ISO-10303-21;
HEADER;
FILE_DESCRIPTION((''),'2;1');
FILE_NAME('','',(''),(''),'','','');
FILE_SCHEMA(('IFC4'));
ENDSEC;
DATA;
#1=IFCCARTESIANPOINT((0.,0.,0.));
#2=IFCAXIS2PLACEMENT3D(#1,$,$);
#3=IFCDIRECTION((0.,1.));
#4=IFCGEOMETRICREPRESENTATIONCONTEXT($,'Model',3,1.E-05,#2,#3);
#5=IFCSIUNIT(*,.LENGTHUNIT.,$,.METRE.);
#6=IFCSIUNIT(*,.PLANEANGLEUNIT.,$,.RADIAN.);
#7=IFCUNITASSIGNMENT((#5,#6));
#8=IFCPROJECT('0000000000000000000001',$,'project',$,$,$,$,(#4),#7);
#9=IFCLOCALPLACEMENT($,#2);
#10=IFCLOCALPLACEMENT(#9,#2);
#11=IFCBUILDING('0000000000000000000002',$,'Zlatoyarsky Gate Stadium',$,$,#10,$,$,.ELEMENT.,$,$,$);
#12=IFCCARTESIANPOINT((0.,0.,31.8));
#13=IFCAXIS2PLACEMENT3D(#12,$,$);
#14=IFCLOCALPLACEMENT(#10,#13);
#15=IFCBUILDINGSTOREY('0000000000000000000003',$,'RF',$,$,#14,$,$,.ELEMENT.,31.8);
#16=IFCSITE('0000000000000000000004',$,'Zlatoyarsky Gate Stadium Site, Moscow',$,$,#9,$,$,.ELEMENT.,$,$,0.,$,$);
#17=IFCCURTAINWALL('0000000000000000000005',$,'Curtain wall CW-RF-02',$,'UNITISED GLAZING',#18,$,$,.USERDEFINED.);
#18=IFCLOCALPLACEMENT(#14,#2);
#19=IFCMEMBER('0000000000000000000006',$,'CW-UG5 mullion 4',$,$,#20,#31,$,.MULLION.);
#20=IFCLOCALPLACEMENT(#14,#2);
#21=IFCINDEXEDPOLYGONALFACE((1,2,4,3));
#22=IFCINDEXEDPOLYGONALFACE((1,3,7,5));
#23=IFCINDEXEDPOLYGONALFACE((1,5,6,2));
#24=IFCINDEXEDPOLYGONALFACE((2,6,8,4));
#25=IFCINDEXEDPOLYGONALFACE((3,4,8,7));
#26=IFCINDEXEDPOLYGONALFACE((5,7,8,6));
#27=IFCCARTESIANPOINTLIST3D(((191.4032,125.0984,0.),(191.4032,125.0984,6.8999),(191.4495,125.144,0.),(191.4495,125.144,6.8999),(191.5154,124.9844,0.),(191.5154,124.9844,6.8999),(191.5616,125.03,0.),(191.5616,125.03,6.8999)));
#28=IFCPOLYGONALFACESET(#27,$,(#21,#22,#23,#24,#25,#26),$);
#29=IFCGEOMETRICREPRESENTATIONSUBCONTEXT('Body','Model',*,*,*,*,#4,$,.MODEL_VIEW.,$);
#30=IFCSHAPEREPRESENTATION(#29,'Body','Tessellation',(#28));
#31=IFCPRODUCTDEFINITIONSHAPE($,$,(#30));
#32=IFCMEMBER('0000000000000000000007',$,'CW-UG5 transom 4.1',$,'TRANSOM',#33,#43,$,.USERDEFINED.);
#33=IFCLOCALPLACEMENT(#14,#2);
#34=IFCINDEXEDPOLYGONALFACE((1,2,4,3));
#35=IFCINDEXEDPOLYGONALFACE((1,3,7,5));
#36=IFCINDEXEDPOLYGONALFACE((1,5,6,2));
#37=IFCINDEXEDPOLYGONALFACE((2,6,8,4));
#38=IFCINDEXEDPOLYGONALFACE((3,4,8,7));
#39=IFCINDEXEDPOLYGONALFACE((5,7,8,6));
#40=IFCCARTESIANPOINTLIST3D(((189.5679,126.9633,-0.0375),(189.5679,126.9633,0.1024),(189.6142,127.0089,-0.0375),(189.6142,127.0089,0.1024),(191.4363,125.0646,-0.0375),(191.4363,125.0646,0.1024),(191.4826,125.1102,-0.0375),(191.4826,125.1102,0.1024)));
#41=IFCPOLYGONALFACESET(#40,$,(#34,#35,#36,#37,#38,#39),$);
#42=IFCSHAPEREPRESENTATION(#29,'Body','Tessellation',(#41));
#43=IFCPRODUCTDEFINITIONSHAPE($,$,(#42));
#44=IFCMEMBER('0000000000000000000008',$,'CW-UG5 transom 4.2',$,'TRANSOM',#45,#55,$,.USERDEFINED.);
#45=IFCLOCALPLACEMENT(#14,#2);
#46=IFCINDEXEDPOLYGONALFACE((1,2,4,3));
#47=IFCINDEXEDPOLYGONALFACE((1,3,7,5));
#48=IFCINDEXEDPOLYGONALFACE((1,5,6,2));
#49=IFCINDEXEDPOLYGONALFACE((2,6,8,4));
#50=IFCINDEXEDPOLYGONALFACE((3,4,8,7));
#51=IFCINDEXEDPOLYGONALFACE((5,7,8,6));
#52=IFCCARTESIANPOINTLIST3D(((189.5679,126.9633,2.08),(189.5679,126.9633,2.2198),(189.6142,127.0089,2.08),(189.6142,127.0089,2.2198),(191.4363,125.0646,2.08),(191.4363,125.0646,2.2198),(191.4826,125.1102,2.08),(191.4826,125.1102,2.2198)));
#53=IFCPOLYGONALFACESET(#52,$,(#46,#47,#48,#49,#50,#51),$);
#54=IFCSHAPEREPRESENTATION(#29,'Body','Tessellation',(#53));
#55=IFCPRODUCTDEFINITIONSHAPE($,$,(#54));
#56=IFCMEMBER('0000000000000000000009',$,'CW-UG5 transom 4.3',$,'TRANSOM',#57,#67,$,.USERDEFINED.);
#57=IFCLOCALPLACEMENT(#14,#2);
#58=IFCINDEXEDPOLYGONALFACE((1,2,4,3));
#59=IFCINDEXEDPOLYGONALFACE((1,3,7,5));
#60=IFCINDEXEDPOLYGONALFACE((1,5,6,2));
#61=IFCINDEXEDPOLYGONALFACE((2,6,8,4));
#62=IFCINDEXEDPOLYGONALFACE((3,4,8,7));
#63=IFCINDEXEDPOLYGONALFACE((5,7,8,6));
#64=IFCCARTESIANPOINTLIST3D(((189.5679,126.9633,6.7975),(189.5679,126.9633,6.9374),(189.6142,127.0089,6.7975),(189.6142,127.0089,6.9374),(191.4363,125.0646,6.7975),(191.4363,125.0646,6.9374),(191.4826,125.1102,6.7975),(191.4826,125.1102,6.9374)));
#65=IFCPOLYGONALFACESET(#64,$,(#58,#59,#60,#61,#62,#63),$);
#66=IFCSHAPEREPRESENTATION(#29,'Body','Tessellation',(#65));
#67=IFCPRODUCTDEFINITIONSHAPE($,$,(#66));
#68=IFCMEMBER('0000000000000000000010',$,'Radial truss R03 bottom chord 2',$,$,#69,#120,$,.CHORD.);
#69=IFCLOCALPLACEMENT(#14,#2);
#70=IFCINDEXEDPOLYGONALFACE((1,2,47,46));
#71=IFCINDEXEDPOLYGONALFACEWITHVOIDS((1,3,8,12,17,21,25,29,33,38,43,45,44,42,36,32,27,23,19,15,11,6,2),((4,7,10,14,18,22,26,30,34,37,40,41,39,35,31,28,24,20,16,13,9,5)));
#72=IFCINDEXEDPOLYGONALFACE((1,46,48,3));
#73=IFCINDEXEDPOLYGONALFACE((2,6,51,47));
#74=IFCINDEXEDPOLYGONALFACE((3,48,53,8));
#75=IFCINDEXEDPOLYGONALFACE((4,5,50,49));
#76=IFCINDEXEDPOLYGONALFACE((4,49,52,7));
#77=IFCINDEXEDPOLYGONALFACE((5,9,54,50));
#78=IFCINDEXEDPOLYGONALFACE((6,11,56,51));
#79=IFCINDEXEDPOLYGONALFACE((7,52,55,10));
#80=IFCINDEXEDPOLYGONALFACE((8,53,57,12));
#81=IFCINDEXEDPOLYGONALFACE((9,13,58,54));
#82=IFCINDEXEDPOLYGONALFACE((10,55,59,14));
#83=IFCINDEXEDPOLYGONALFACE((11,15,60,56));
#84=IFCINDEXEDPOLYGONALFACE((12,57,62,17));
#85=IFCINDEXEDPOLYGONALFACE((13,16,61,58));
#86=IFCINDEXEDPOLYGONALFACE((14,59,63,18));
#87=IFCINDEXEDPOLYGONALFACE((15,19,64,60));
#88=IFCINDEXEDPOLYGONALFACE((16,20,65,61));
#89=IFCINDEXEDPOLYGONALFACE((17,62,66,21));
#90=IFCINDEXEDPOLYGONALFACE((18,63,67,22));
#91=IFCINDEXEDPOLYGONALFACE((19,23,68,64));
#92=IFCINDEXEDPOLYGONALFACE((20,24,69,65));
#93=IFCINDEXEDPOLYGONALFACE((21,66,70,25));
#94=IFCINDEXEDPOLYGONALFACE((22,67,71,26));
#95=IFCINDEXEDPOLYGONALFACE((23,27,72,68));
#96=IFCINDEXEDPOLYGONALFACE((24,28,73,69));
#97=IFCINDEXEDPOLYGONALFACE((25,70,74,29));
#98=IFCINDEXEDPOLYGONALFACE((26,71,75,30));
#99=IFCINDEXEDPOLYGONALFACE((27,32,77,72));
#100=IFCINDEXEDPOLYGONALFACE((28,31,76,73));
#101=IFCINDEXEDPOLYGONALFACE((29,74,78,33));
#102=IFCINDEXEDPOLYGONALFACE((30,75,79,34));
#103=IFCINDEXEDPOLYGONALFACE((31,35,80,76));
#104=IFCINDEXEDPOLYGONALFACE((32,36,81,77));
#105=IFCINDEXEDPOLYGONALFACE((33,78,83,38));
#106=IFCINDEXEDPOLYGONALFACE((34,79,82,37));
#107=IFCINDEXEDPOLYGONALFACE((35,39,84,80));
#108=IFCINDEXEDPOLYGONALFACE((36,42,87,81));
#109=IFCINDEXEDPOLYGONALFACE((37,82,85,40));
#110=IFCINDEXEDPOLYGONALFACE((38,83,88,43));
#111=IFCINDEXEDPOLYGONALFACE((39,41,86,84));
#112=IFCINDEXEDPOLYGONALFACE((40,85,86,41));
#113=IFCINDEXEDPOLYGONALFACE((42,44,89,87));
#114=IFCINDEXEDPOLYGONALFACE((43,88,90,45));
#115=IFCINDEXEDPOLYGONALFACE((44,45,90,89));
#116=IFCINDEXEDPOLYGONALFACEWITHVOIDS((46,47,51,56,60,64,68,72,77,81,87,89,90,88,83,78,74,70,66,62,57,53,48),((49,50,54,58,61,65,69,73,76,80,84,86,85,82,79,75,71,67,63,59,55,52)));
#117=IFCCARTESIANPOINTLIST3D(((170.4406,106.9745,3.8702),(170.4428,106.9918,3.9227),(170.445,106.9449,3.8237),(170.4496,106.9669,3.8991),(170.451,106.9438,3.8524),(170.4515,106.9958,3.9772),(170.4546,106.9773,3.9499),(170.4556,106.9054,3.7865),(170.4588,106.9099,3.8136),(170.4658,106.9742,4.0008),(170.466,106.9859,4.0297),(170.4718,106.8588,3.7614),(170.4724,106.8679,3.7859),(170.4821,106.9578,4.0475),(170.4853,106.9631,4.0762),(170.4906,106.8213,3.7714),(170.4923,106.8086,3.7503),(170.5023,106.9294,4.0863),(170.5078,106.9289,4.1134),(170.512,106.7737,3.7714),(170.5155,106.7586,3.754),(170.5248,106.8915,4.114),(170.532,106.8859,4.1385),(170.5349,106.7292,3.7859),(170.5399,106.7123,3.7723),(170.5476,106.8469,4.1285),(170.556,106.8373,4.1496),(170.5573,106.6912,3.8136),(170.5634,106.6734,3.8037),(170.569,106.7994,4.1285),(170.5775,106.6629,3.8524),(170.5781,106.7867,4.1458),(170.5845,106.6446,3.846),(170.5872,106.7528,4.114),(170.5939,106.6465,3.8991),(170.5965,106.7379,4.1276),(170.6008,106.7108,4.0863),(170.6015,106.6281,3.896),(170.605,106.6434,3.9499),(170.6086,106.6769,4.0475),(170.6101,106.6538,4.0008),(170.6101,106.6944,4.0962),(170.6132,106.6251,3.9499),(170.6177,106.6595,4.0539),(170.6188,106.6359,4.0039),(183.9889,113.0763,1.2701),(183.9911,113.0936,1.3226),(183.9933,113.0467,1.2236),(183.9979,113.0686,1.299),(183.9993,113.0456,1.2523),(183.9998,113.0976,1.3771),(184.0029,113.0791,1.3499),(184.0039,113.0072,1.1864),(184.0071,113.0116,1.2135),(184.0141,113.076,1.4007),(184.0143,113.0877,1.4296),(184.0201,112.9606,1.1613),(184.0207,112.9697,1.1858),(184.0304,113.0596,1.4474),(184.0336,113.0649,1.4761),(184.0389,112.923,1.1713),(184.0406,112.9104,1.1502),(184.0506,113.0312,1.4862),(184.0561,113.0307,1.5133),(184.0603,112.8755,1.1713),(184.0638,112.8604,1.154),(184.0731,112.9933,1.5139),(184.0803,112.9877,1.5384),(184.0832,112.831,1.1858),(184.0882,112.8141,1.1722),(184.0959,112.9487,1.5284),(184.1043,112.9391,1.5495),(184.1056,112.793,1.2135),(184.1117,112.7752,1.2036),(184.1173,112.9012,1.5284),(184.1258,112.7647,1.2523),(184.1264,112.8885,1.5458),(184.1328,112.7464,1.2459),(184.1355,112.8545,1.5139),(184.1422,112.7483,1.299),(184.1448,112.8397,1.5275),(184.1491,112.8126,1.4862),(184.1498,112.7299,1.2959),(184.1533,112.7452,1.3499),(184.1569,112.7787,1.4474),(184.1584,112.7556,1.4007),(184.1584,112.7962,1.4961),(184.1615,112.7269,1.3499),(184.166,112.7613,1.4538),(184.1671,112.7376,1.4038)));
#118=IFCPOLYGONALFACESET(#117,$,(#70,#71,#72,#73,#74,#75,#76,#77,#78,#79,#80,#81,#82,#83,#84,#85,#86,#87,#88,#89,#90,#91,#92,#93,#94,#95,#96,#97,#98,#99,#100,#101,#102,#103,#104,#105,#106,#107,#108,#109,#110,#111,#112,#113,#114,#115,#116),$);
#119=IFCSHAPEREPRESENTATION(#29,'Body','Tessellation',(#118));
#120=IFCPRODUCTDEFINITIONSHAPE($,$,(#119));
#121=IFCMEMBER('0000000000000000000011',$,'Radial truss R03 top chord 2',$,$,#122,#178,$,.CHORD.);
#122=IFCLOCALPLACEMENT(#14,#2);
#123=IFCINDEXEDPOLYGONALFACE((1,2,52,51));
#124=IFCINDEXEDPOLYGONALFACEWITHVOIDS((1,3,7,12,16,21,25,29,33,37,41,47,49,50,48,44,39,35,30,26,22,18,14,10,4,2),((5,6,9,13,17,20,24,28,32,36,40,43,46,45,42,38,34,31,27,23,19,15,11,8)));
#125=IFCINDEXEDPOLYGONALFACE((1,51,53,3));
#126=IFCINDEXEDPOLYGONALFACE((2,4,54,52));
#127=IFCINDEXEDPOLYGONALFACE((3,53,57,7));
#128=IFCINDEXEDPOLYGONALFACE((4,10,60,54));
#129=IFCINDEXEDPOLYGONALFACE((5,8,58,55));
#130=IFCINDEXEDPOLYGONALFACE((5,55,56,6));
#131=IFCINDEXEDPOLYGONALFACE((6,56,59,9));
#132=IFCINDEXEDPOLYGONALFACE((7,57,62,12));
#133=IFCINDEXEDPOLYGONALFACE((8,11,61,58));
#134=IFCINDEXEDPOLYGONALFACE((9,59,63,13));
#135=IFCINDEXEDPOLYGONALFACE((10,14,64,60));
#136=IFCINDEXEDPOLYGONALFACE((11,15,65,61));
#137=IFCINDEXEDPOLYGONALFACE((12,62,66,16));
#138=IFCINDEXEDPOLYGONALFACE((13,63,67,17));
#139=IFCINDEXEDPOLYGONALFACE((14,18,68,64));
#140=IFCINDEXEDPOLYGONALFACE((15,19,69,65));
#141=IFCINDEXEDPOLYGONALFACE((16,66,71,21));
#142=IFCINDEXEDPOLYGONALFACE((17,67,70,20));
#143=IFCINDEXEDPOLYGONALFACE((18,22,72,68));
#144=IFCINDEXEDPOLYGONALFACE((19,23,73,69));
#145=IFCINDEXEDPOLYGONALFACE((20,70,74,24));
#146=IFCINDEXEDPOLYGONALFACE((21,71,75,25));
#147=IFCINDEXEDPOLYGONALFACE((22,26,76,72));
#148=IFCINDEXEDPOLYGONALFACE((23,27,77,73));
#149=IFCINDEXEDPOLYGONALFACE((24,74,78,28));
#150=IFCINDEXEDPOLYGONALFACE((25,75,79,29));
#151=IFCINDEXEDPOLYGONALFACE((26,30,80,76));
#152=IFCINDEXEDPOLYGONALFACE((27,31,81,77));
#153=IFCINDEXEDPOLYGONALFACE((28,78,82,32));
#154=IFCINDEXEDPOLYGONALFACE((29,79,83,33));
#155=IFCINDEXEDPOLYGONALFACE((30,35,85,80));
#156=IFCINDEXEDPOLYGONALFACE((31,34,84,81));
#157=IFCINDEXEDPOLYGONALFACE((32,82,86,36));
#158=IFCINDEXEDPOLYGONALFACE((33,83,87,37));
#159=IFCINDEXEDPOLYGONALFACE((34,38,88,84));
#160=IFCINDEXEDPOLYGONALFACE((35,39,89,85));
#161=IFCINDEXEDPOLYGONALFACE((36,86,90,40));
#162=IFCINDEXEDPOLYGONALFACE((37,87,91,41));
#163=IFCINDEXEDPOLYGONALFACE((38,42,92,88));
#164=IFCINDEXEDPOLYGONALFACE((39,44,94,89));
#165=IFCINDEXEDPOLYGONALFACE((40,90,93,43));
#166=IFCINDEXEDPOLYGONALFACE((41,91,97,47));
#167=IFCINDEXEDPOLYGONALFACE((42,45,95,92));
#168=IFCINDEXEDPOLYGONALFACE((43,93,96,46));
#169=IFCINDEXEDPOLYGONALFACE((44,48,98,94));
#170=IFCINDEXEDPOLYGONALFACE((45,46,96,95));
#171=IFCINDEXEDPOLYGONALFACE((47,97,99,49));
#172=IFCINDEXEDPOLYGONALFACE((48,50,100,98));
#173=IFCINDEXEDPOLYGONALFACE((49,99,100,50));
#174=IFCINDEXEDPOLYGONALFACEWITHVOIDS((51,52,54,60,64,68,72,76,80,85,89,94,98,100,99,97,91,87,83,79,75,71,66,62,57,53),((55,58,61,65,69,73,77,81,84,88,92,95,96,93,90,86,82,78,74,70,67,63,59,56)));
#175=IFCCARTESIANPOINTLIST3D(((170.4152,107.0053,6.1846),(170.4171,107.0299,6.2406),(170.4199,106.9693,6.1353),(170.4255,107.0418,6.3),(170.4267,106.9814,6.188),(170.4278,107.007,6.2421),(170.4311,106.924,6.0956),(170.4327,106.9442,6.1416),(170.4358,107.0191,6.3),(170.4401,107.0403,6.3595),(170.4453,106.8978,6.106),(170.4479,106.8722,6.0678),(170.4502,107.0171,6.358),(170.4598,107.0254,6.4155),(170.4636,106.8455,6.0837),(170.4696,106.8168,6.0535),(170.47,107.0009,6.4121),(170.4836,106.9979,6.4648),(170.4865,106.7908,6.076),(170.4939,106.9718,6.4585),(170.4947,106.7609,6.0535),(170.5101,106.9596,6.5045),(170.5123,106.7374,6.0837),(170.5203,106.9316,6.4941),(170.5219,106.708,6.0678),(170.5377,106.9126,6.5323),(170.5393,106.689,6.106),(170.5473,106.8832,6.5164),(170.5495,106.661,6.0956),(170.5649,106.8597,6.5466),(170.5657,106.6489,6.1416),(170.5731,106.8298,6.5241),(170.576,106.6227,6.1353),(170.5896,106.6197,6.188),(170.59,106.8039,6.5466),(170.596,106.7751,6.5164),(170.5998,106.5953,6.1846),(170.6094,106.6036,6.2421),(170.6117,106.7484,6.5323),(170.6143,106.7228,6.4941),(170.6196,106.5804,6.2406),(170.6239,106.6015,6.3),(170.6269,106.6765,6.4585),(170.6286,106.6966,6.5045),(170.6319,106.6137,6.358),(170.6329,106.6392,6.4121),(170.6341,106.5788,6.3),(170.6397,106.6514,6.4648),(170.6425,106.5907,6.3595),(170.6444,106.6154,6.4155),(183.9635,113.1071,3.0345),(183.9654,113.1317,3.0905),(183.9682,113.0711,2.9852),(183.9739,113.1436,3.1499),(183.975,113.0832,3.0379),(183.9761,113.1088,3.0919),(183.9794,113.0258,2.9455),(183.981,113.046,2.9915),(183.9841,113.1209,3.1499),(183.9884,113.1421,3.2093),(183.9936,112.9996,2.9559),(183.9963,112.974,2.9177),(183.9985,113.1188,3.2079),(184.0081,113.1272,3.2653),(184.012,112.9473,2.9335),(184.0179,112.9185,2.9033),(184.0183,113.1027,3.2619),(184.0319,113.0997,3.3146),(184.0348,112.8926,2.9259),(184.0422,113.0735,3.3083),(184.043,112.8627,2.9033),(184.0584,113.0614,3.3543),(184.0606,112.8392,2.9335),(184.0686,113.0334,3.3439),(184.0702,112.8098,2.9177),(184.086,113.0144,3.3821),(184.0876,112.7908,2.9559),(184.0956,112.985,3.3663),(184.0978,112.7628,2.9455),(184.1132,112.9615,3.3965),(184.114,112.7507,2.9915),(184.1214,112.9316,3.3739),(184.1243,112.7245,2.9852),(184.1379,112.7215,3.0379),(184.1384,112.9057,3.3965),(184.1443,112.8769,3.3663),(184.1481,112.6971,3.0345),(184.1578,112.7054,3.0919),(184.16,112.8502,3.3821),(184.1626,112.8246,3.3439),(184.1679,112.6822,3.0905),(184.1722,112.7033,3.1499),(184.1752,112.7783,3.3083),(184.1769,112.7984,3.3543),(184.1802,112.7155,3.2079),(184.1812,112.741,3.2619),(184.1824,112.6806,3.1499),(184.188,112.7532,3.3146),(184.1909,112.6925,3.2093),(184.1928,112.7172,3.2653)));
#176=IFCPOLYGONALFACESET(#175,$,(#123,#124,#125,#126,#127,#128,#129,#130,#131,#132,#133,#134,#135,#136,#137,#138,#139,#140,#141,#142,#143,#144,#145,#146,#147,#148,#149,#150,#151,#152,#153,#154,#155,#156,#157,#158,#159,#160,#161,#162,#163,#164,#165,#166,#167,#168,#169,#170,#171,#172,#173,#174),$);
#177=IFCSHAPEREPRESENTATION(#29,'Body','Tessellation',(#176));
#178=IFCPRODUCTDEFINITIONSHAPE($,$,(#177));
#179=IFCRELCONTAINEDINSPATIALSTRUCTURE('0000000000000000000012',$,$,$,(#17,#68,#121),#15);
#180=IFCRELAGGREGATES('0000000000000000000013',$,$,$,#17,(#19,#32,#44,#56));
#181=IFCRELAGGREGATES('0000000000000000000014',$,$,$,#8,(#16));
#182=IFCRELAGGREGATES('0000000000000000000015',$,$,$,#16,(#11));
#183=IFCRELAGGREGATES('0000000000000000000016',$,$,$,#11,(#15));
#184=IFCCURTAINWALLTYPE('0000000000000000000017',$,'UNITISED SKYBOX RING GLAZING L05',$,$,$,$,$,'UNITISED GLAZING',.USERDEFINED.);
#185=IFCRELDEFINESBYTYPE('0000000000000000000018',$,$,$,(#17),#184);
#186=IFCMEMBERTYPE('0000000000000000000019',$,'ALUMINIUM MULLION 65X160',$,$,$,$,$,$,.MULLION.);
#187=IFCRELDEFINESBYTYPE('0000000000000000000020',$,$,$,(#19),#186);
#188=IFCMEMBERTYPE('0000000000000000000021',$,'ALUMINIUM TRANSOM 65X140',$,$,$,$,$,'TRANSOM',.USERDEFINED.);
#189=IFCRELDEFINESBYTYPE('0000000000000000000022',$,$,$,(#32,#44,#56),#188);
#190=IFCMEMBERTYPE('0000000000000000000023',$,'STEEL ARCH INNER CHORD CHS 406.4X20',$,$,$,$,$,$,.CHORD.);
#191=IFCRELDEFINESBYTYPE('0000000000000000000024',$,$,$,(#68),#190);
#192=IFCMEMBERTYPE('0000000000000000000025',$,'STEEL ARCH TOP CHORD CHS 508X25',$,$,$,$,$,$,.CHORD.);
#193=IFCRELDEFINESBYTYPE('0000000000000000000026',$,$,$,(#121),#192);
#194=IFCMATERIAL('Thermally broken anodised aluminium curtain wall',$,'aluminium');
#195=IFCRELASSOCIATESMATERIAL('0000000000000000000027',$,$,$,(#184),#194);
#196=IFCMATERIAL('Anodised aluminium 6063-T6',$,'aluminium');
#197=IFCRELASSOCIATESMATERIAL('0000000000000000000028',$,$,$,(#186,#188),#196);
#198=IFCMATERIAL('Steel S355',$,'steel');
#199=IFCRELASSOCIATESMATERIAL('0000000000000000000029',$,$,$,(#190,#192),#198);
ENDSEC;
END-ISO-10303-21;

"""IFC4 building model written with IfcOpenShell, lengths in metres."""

from ifc_helpers import new_model, si_unit, direction, frame, origin, origin_2d, place, context, subcontext, project, spatial, rectangle, hollow_circle, extrude, material, material_profile, profile_set, type_object, element, aggregate, save


model = new_model("IFC4")

# Units and contexts
model_context = context("Model", 3, precision=1e-05, world=origin(), true_north=direction((0.0, 1.0)))
body_context = subcontext(model_context, "Body", "Model", "MODEL_VIEW")
ifc_project = project(units=[si_unit("LENGTHUNIT", "METRE"), si_unit("PLANEANGLEUNIT", "RADIAN")], contexts=[model_context])

# Site, building, storey
site_placement = place(None, origin())
site = spatial("IfcSite", under=ifc_project, at=site_placement, Name="Zlatoyarsky Gate Stadium Site, Moscow", CompositionType="ELEMENT", RefElevation=0.0)
building_placement = place(site_placement, origin())
building = spatial("IfcBuilding", under=site, at=building_placement, Name="Zlatoyarsky Gate Stadium", CompositionType="ELEMENT")
storey_placement = place(building_placement, frame((0.0, 0.0, 31.8)))
storey = spatial("IfcBuildingStorey", under=building, at=storey_placement, Name="RF", CompositionType="ELEMENT", Elevation=31.8)

# Curtain wall, members
ifc_material_1 = material(Name="Thermally broken anodised aluminium curtain wall", Category="aluminium")
curtain_wall_type = type_object("IfcCurtainWallType", Name="UNITISED SKYBOX RING GLAZING L05", ElementType="UNITISED GLAZING", PredefinedType="USERDEFINED", material=ifc_material_1)
curtain_wall_placement = place(storey_placement, origin())
curtain_wall = element("IfcCurtainWall", 1, at=curtain_wall_placement, inside=storey, type_object=curtain_wall_type, Name="Curtain wall CW-RF-02", ObjectType="UNITISED GLAZING", PredefinedType="USERDEFINED")
ifc_material_2 = material(Name="Anodised aluminium 6063-T6", Category="aluminium")
ifc_material_profile_1 = material_profile(ifc_material_2, rectangle(XDim=0.0649, YDim=0.1599, at=origin_2d()), Name="ALU 65X160")
ifc_profile_set_1 = profile_set([ifc_material_profile_1], Name="Anodised aluminium 6063-T6")
member_type_1 = type_object("IfcMemberType", Name="ALUMINIUM MULLION 65X160", PredefinedType="MULLION", material=ifc_profile_set_1)
member_1_placement = place(storey_placement, frame((191.4824, 125.0642, 0.0), z_axis=(0.0, 0.0, 1.0), x_axis=(-0.712766, -0.701402, 0.0)))
member_1 = element("IfcMember", 2, at=member_1_placement, type_object=member_type_1, Name="CW-UG5 mullion 4", PredefinedType="MULLION", context=body_context, shape_type="SweptSolid", body=[
    extrude(rectangle(XDim=0.0649, YDim=0.1599, at=origin_2d()), origin(), (0.0, 0.0, 1.0), 6.8999),
])
ifc_material_profile_2 = material_profile(ifc_material_2, rectangle(XDim=0.0649, YDim=0.1399, at=origin_2d()), Name="ALU 65X140")
ifc_profile_set_2 = profile_set([ifc_material_profile_2], Name="Anodised aluminium 6063-T6")
member_type_2 = type_object("IfcMemberType", Name="ALUMINIUM TRANSOM 65X140", ElementType="TRANSOM", PredefinedType="USERDEFINED", material=ifc_profile_set_2)
member_2_placement = place(storey_placement, frame((191.4595, 125.0874, 0.0325), z_axis=(-0.701402, 0.712766, 0.0), x_axis=(-0.712766, -0.701402, 0.0)))
member_2 = element("IfcMember", 3, at=member_2_placement, type_object=member_type_2, Name="CW-UG5 transom 4.1", ObjectType="TRANSOM", PredefinedType="USERDEFINED", context=body_context, shape_type="SweptSolid", body=[
    extrude(rectangle(XDim=0.0649, YDim=0.1399, at=origin_2d()), origin(), (0.0, 0.0, 1.0), 2.6638),
])
member_3_placement = place(storey_placement, frame((191.4595, 125.0874, 2.1499), z_axis=(-0.701402, 0.712766, 0.0), x_axis=(-0.712766, -0.701402, 0.0)))
member_3 = element("IfcMember", 4, at=member_3_placement, type_object=member_type_2, Name="CW-UG5 transom 4.2", ObjectType="TRANSOM", PredefinedType="USERDEFINED", context=body_context, shape_type="SweptSolid", body=[
    extrude(rectangle(XDim=0.0649, YDim=0.1399, at=origin_2d()), origin(), (0.0, 0.0, 1.0), 2.6638),
])
member_4_placement = place(storey_placement, frame((191.4595, 125.0874, 6.8674), z_axis=(-0.701402, 0.712766, 0.0), x_axis=(-0.712766, -0.701402, 0.0)))
member_4 = element("IfcMember", 5, at=member_4_placement, type_object=member_type_2, Name="CW-UG5 transom 4.3", ObjectType="TRANSOM", PredefinedType="USERDEFINED", context=body_context, shape_type="SweptSolid", body=[
    extrude(rectangle(XDim=0.0649, YDim=0.1399, at=origin_2d()), origin(), (0.0, 0.0, 1.0), 2.6638),
])

# Members
ifc_material_3 = material(Name="Steel S355", Category="steel")
ifc_material_profile_3 = material_profile(ifc_material_3, hollow_circle(Radius=0.2031, WallThickness=0.02, at=origin_2d()), Name="CHS 406.4X20")
ifc_profile_set_3 = profile_set([ifc_material_profile_3], Name="Steel S355")
member_type_3 = type_object("IfcMemberType", Name="STEEL ARCH INNER CHORD CHS 406.4X20", PredefinedType="CHORD", material=ifc_profile_set_3)
member_5_placement = place(storey_placement, frame((184.0781, 112.9121, 1.3499), z_axis=(-0.898147, -0.404501, 0.172366), x_axis=(0.410647, -0.911794, 0.0)))
element("IfcMember", 6, at=member_5_placement, inside=storey, type_object=member_type_3, Name="Radial truss R03 bottom chord 2", PredefinedType="CHORD", context=body_context, shape_type="SweptSolid", body=[
    extrude(hollow_circle(Radius=0.2031, WallThickness=0.02, at=origin_2d()), origin(), (0.0, 0.0, 1.0), 15.0847),
])
ifc_material_profile_4 = material_profile(ifc_material_3, hollow_circle(Radius=0.2539, WallThickness=0.0249, at=origin_2d()), Name="CHS 508X25")
ifc_profile_set_4 = profile_set([ifc_material_profile_4], Name="Steel S355")
member_type_4 = type_object("IfcMemberType", Name="STEEL ARCH TOP CHORD CHS 508X25", PredefinedType="CHORD", material=ifc_profile_set_4)
member_6_placement = place(storey_placement, frame((184.0781, 112.9121, 3.1499), z_axis=(-0.89197, -0.401719, 0.207393), x_axis=(0.410647, -0.911794, 0.0)))
element("IfcMember", 7, at=member_6_placement, inside=storey, type_object=member_type_4, Name="Radial truss R03 top chord 2", PredefinedType="CHORD", context=body_context, shape_type="SweptSolid", body=[
    extrude(hollow_circle(Radius=0.2539, WallThickness=0.0249, at=origin_2d()), origin(), (0.0, 0.0, 1.0), 15.1892),
])

aggregate(curtain_wall, [member_1, member_2, member_3, member_4])

save(model, "model.ifc")
